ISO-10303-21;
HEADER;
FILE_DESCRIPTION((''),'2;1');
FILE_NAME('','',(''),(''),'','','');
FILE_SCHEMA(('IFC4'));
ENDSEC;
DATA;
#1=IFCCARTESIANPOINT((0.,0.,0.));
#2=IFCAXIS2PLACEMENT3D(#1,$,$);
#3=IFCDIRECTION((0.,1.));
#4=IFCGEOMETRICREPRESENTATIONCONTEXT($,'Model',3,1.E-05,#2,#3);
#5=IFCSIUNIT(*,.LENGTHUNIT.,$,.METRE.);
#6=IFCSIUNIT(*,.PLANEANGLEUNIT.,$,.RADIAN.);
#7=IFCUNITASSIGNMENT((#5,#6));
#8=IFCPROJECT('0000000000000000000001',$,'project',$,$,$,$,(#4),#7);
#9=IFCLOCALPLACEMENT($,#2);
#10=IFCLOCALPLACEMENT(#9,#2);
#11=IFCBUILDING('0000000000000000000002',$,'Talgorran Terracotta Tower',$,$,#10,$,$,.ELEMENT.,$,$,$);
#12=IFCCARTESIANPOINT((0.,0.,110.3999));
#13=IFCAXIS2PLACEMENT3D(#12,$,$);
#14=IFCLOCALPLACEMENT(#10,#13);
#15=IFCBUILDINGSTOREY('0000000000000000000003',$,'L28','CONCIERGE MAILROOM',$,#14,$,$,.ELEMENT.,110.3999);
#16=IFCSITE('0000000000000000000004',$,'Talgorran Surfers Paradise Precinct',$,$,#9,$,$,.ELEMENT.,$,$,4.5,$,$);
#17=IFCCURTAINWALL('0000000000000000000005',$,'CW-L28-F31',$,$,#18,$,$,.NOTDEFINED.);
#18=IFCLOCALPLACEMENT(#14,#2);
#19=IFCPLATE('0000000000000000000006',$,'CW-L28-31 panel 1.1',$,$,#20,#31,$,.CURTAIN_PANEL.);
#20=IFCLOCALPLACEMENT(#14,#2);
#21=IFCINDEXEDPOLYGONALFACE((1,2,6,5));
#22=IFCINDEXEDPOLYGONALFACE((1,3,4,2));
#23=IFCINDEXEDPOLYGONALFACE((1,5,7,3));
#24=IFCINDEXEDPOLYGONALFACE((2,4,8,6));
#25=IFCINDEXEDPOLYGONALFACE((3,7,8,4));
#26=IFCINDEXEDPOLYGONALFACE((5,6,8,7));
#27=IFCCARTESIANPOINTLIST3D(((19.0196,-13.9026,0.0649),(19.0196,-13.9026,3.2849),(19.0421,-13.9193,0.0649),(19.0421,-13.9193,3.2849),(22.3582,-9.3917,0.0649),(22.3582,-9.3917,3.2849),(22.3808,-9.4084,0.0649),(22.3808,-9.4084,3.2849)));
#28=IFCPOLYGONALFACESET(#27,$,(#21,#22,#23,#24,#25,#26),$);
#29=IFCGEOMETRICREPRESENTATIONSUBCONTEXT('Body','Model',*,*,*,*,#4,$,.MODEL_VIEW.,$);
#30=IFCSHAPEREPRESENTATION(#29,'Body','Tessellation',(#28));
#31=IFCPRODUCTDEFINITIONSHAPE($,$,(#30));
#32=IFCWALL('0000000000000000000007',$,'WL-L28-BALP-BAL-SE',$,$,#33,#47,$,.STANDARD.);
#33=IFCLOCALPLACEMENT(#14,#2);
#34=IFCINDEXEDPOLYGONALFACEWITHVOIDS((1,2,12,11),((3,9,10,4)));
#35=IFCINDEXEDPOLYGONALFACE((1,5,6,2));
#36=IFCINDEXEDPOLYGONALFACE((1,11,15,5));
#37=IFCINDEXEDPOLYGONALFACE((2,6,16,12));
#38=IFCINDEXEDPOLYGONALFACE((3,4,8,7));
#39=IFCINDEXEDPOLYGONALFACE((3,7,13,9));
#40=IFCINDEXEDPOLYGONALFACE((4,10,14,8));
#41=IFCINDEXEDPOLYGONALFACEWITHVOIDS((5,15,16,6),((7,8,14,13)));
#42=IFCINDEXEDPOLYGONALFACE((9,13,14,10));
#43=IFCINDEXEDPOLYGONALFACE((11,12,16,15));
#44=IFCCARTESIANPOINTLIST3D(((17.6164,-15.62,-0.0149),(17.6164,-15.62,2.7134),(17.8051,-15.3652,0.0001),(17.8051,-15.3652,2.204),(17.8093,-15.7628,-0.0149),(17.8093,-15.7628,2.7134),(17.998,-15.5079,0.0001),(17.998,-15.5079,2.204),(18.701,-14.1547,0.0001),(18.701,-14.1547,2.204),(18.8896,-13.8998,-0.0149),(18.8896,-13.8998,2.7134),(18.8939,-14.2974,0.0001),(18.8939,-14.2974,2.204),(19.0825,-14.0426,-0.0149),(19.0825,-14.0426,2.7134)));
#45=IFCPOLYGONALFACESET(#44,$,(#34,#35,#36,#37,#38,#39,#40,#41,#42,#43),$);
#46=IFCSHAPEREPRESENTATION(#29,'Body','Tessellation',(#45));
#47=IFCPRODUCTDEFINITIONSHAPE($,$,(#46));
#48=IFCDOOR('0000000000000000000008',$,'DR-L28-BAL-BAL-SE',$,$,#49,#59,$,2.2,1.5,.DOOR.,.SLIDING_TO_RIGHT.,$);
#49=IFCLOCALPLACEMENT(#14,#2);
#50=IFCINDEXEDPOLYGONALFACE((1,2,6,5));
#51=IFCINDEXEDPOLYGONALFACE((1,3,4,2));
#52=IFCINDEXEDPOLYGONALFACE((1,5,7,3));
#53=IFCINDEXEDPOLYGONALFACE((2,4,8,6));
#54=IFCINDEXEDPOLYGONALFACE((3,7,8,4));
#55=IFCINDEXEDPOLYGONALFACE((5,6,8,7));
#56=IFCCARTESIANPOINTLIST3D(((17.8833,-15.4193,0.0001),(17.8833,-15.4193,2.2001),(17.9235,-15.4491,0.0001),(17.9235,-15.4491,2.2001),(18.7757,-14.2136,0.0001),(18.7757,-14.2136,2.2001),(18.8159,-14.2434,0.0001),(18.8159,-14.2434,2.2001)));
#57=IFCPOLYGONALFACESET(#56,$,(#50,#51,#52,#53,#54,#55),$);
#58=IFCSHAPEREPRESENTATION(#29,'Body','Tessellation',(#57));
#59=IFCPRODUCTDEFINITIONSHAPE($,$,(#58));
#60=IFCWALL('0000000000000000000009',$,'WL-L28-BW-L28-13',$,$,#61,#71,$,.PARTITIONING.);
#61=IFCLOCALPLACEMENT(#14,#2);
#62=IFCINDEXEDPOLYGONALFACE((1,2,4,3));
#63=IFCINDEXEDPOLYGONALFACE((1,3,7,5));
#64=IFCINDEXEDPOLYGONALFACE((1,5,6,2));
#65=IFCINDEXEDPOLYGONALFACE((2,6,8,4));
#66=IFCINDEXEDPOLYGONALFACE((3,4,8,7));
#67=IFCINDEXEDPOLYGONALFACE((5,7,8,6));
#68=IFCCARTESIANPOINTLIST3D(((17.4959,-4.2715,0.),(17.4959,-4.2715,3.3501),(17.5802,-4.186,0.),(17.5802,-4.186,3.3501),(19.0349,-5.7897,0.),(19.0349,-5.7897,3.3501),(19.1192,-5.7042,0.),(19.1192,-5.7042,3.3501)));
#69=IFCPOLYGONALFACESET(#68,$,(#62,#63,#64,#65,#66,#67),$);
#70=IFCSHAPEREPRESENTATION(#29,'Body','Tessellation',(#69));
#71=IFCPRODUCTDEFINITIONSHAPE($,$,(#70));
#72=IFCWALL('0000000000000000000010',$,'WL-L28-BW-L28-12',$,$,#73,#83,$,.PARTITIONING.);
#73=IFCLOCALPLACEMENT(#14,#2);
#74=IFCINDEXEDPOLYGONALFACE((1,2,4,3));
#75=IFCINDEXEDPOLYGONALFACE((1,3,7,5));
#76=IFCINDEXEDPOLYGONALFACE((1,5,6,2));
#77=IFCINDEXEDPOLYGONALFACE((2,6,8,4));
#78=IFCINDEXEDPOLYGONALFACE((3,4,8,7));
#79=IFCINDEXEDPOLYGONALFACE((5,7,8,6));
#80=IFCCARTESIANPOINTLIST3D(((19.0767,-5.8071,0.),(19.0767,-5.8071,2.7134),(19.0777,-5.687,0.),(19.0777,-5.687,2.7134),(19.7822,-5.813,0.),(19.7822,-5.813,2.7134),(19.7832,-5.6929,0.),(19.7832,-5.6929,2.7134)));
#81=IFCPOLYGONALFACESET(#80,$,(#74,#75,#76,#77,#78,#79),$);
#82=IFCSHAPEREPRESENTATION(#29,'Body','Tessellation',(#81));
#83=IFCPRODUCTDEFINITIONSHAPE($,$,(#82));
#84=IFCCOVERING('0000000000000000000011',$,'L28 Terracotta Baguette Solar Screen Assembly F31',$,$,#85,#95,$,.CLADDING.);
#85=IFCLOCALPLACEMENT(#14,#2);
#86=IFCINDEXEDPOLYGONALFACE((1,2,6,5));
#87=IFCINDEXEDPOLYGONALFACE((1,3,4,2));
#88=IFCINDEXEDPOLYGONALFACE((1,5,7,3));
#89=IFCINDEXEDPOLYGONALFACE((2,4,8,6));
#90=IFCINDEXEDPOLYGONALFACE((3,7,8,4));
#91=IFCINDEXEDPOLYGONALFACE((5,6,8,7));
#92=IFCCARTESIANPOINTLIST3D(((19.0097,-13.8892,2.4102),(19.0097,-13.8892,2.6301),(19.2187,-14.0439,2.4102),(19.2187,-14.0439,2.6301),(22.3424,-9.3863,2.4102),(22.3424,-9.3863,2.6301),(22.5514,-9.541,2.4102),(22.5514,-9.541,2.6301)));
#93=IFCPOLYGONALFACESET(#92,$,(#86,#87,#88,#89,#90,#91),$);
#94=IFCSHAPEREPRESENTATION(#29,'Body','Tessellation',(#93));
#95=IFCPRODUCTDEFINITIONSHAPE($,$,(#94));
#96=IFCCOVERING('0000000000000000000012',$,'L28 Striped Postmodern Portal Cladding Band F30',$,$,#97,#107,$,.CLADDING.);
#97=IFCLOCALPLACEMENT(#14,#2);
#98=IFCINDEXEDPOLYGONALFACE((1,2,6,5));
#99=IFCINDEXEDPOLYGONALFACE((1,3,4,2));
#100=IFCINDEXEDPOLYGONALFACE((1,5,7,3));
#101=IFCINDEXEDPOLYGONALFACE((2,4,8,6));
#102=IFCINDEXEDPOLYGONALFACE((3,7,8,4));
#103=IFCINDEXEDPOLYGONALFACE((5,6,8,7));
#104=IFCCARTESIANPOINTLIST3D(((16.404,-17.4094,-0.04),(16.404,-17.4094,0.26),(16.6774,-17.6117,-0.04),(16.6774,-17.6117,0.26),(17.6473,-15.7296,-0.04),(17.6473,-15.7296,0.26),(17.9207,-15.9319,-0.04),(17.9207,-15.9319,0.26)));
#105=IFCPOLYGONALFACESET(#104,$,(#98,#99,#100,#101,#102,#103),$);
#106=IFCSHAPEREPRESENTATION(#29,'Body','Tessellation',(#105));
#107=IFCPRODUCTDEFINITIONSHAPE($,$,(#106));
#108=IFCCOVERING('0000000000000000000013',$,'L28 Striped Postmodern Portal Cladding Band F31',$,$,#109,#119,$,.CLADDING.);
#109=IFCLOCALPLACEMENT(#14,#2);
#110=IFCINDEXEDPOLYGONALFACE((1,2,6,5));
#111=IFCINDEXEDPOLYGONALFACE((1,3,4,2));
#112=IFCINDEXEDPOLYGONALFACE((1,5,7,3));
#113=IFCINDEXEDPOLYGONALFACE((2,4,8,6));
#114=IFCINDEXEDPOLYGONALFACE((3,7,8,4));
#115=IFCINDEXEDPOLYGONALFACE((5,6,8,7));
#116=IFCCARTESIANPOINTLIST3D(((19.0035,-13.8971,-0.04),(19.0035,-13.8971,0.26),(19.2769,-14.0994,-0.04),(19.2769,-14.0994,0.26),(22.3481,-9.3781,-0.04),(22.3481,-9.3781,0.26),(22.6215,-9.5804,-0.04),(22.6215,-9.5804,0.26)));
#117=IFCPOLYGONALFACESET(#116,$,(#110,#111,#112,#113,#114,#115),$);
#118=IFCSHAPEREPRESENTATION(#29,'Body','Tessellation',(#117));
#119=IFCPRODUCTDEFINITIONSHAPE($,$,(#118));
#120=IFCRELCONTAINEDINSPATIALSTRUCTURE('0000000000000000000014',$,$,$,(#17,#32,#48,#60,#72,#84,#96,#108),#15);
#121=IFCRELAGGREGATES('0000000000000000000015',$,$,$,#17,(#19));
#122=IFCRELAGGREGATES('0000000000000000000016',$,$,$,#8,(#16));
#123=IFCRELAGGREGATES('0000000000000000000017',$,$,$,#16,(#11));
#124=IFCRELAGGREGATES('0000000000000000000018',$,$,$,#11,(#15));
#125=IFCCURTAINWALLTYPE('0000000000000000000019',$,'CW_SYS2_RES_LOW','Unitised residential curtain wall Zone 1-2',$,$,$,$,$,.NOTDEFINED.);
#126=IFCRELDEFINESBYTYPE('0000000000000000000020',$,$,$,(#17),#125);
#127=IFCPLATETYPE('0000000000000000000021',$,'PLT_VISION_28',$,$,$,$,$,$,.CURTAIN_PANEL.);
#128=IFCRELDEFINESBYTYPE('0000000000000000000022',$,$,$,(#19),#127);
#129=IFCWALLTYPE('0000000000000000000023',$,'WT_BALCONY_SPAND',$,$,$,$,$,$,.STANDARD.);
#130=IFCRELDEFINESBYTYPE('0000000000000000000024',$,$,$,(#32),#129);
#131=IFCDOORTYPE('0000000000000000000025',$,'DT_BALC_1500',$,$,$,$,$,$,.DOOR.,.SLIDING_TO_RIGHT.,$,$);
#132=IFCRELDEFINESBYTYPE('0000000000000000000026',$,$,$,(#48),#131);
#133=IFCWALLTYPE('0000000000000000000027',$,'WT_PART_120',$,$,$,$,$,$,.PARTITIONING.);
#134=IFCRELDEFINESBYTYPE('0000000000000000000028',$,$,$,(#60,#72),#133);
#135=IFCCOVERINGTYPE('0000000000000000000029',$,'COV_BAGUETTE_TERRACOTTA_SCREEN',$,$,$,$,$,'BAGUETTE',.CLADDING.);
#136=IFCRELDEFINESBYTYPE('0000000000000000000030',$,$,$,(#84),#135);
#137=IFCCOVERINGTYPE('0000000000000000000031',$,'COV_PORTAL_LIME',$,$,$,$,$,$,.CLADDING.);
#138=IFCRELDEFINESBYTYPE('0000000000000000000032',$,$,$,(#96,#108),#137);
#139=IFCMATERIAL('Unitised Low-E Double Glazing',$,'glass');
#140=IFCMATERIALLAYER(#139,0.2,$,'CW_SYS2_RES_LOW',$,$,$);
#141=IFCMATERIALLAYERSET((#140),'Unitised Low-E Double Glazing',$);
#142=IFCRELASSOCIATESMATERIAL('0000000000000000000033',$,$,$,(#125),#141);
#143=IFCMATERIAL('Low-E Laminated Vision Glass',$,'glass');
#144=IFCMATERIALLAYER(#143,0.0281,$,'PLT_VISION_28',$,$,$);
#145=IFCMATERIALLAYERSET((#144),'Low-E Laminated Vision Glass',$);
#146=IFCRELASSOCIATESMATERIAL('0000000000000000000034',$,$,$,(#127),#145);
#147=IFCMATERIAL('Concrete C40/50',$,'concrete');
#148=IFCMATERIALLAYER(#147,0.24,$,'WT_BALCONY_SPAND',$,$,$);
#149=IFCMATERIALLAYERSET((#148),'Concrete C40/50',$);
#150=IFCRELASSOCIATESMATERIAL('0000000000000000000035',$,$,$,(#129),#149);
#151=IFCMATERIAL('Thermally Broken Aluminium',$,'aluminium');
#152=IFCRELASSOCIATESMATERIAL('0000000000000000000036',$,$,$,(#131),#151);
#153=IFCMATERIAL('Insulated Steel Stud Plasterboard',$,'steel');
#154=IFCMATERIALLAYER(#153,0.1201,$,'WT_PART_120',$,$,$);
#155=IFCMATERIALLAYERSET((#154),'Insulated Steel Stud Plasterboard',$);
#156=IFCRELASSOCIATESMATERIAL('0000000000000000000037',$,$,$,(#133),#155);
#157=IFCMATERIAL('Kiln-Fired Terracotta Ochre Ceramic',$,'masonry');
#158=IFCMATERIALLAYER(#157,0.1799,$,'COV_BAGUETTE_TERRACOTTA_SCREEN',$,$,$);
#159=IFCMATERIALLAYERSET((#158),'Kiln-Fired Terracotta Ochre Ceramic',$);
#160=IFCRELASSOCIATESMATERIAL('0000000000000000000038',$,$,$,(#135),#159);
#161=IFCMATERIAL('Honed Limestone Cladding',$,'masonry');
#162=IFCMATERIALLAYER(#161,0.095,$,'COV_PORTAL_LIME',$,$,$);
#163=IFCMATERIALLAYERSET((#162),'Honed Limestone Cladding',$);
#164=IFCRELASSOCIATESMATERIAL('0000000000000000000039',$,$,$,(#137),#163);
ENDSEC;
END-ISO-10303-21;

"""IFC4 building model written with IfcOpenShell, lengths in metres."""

from ifc_helpers import new_model, si_unit, direction, frame, frame_2d, origin, origin_2d, place, context, subcontext, project, spatial, rectangle, extrude, source, transform, mapped, material, layer, layer_set, type_object, element, fill, aggregate, save


model = new_model("IFC4")

# Units and contexts
model_context = context("Model", 3, precision=1e-05, world=origin(), true_north=direction((0.0, 1.0)))
body_context = subcontext(model_context, "Body", "Model", "MODEL_VIEW")
ifc_project = project(units=[si_unit("LENGTHUNIT", "METRE"), si_unit("PLANEANGLEUNIT", "RADIAN")], contexts=[model_context])

# Site, building, storey
site_placement = place(None, origin())
site = spatial("IfcSite", under=ifc_project, at=site_placement, Name="Talgorran Surfers Paradise Precinct", CompositionType="ELEMENT", RefElevation=4.5)
building_placement = place(site_placement, origin())
building = spatial("IfcBuilding", under=site, at=building_placement, Name="Talgorran Terracotta Tower", CompositionType="ELEMENT")
storey_placement = place(building_placement, frame((0.0, 0.0, 110.3999)))
storey = spatial("IfcBuildingStorey", under=building, at=storey_placement, Name="L28", Description="CONCIERGE MAILROOM", CompositionType="ELEMENT", Elevation=110.3999)

# Shared definitions
ifc_material_1 = material(Name="Unitised Low-E Double Glazing", Category="glass")
ifc_layer_1 = layer(ifc_material_1, 0.2, Name="CW_SYS2_RES_LOW")
ifc_layer_set_1 = layer_set([ifc_layer_1], Name="Unitised Low-E Double Glazing")
curtain_wall_type = type_object("IfcCurtainWallType", Name="CW_SYS2_RES_LOW", Description="Unitised residential curtain wall Zone 1-2", PredefinedType="NOTDEFINED", material=ifc_layer_set_1)

# Curtain wall
curtain_wall_1_placement = place(storey_placement, origin())
curtain_wall_1 = element("IfcCurtainWall", 1, at=curtain_wall_1_placement, inside=storey, type_object=curtain_wall_type, Name="CW-L28-F31", PredefinedType="NOTDEFINED")

# Plate
ifc_material_2 = material(Name="Low-E Laminated Vision Glass", Category="glass")
ifc_layer_2 = layer(ifc_material_2, 0.0281, Name="PLT_VISION_28")
ifc_layer_set_2 = layer_set([ifc_layer_2], Name="Low-E Laminated Vision Glass")
plate_type_1 = type_object("IfcPlateType", Name="PLT_VISION_28", PredefinedType="CURTAIN_PANEL", material=ifc_layer_set_2)
shared_shape_1 = source(origin(), body_context, "Body", "SweptSolid", [
    extrude(rectangle(XDim=5.6121, YDim=0.0281, at=origin_2d()), origin(), (0.0, 0.0, 1.0), 3.22),
])
plate_1_placement = place(storey_placement, frame((20.7002, -11.6555, 0.0649), z_axis=(0.0, 0.0, 1.0), x_axis=(0.594911, 0.803792, 0.0)))
plate_1 = element("IfcPlate", 2, at=plate_1_placement, type_object=plate_type_1, Name="CW-L28-31 panel 1.1", PredefinedType="CURTAIN_PANEL", context=body_context, shape_type="MappedRepresentation", body=[
    mapped(shared_shape_1, transform((0.0, 0.0, 0.0), scale=1.0)),
])
aggregate(curtain_wall_1, [plate_1])

# Wall, opening, door
ifc_material_3 = material(Name="Concrete C40/50", Category="concrete")
ifc_layer_3 = layer(ifc_material_3, 0.24, Name="WT_BALCONY_SPAND")
ifc_layer_set_3 = layer_set([ifc_layer_3], Name="Concrete C40/50")
wall_type_1 = type_object("IfcWallType", Name="WT_BALCONY_SPAND", PredefinedType="STANDARD", material=ifc_layer_set_3)
wall_1_placement = place(storey_placement, frame((17.7129, -15.6914, -0.0149), z_axis=(0.0, 0.0, 1.0), x_axis=(0.594914, 0.80379, 0.0)))
wall_1 = element("IfcWall", 3, at=wall_1_placement, inside=storey, type_object=wall_type_1, Name="WL-L28-BALP-BAL-SE", PredefinedType="STANDARD", context=body_context, shape_type="SweptSolid", body=[
    extrude(rectangle(XDim=2.1401, YDim=0.24, at=frame_2d((1.0701, 0.0))), origin(), (0.0, 0.0, 1.0), 2.7283),
])
opening_placement = place(wall_1_placement, frame((0.3201, 0.0, 0.0149)))
opening = element("IfcOpeningElement", 4, at=opening_placement, cuts=wall_1, PredefinedType="OPENING", context=body_context, shape_type="SweptSolid", body=[
    extrude(rectangle(XDim=1.506, YDim=2.204, at=frame_2d((0.75, 1.1021))), frame((0.0, 0.1299, 0.0), z_axis=(0.0, -1.0, 0.0), x_axis=(1.0, 0.0, 0.0)), (0.0, 0.0, 1.0), 0.26),
])
ifc_material_4 = material(Name="Thermally Broken Aluminium", Category="aluminium")
door_type = type_object("IfcDoorType", Name="DT_BALC_1500", OperationType="SLIDING_TO_RIGHT", PredefinedType="DOOR", material=ifc_material_4)
door_placement = place(opening_placement, origin())
door = element("IfcDoor", 5, at=door_placement, inside=storey, type_object=door_type, Name="DR-L28-BAL-BAL-SE", OperationType="SLIDING_TO_RIGHT", OverallHeight=2.2, OverallWidth=1.5, PredefinedType="DOOR", context=body_context, shape_type="SweptSolid", body=[
    extrude(rectangle(XDim=1.5, YDim=2.2, at=frame_2d((0.75, 1.1001))), frame((0.0, 0.0249, 0.0), z_axis=(0.0, -1.0, 0.0), x_axis=(1.0, 0.0, 0.0)), (0.0, 0.0, 1.0), 0.05),
])
fill(opening, door)

# Walls
ifc_material_5 = material(Name="Insulated Steel Stud Plasterboard", Category="steel")
ifc_layer_4 = layer(ifc_material_5, 0.1201, Name="WT_PART_120")
ifc_layer_set_4 = layer_set([ifc_layer_4], Name="Insulated Steel Stud Plasterboard")
wall_type_2 = type_object("IfcWallType", Name="WT_PART_120", PredefinedType="PARTITIONING", material=ifc_layer_set_4)
wall_2_placement = place(storey_placement, frame((19.0771, -5.7471, 0.0), z_axis=(0.0, 0.0, 1.0), x_axis=(-0.71189, 0.702291, 0.0)))
element("IfcWall", 6, at=wall_2_placement, inside=storey, type_object=wall_type_2, Name="WL-L28-BW-L28-13", PredefinedType="PARTITIONING", context=body_context, shape_type="SweptSolid", body=[
    extrude(rectangle(XDim=2.1619, YDim=0.1201, at=frame_2d((1.0811, 0.0))), origin(), (0.0, 0.0, 1.0), 3.3501),
])
wall_3_placement = place(storey_placement, frame((19.7827, -5.7529, 0.0), z_axis=(0.0, 0.0, 1.0), x_axis=(-0.999966, 0.008304, 0.0)))
element("IfcWall", 7, at=wall_3_placement, inside=storey, type_object=wall_type_2, Name="WL-L28-BW-L28-12", PredefinedType="PARTITIONING", context=body_context, shape_type="SweptSolid", body=[
    extrude(rectangle(XDim=0.7056, YDim=0.1201, at=frame_2d((0.3528, 0.0))), origin(), (0.0, 0.0, 1.0), 2.7134),
])

# Coverings
ifc_material_6 = material(Name="Kiln-Fired Terracotta Ochre Ceramic", Category="masonry")
ifc_layer_5 = layer(ifc_material_6, 0.1799, Name="COV_BAGUETTE_TERRACOTTA_SCREEN")
ifc_layer_set_5 = layer_set([ifc_layer_5], Name="Kiln-Fired Terracotta Ochre Ceramic")
covering_type_1 = type_object("IfcCoveringType", Name="COV_BAGUETTE_TERRACOTTA_SCREEN", ElementType="BAGUETTE", PredefinedType="CLADDING", material=ifc_layer_set_5)
covering_1_placement = place(storey_placement, frame((20.7805, -11.7151, 2.4102), z_axis=(0.0, 0.0, 1.0), x_axis=(0.594907, 0.803795, 0.0)))
element("IfcCovering", 8, at=covering_1_placement, inside=storey, type_object=covering_type_1, Name="L28 Terracotta Baguette Solar Screen Assembly F31", PredefinedType="CLADDING", context=body_context, shape_type="SweptSolid", body=[
    extrude(rectangle(XDim=5.6021, YDim=0.26, at=origin_2d()), origin(), (0.0, 0.0, 1.0), 0.22),
])
ifc_material_7 = material(Name="Honed Limestone Cladding", Category="masonry")
ifc_layer_6 = layer(ifc_material_7, 0.095, Name="COV_PORTAL_LIME")
ifc_layer_set_6 = layer_set([ifc_layer_6], Name="Honed Limestone Cladding")
covering_type_2 = type_object("IfcCoveringType", Name="COV_PORTAL_LIME", PredefinedType="CLADDING", material=ifc_layer_set_6)
covering_2_placement = place(storey_placement, frame((17.1624, -16.6707, -0.04), z_axis=(0.0, 0.0, 1.0), x_axis=(0.594907, 0.803795, 0.0)))
element("IfcCovering", 9, at=covering_2_placement, inside=storey, type_object=covering_type_2, Name="L28 Striped Postmodern Portal Cladding Band F30", PredefinedType="CLADDING", context=body_context, shape_type="SweptSolid", body=[
    extrude(rectangle(XDim=2.0898, YDim=0.3401, at=origin_2d()), origin(), (0.0, 0.0, 1.0), 0.3),
])
covering_3_placement = place(storey_placement, frame((20.8125, -11.7388, -0.04), z_axis=(0.0, 0.0, 1.0), x_axis=(0.594907, 0.803795, 0.0)))
element("IfcCovering", 10, at=covering_3_placement, inside=storey, type_object=covering_type_2, Name="L28 Striped Postmodern Portal Cladding Band F31", PredefinedType="CLADDING", context=body_context, shape_type="SweptSolid", body=[
    extrude(rectangle(XDim=5.6221, YDim=0.3401, at=origin_2d()), origin(), (0.0, 0.0, 1.0), 0.3),
])

save(model, "model.ifc")
